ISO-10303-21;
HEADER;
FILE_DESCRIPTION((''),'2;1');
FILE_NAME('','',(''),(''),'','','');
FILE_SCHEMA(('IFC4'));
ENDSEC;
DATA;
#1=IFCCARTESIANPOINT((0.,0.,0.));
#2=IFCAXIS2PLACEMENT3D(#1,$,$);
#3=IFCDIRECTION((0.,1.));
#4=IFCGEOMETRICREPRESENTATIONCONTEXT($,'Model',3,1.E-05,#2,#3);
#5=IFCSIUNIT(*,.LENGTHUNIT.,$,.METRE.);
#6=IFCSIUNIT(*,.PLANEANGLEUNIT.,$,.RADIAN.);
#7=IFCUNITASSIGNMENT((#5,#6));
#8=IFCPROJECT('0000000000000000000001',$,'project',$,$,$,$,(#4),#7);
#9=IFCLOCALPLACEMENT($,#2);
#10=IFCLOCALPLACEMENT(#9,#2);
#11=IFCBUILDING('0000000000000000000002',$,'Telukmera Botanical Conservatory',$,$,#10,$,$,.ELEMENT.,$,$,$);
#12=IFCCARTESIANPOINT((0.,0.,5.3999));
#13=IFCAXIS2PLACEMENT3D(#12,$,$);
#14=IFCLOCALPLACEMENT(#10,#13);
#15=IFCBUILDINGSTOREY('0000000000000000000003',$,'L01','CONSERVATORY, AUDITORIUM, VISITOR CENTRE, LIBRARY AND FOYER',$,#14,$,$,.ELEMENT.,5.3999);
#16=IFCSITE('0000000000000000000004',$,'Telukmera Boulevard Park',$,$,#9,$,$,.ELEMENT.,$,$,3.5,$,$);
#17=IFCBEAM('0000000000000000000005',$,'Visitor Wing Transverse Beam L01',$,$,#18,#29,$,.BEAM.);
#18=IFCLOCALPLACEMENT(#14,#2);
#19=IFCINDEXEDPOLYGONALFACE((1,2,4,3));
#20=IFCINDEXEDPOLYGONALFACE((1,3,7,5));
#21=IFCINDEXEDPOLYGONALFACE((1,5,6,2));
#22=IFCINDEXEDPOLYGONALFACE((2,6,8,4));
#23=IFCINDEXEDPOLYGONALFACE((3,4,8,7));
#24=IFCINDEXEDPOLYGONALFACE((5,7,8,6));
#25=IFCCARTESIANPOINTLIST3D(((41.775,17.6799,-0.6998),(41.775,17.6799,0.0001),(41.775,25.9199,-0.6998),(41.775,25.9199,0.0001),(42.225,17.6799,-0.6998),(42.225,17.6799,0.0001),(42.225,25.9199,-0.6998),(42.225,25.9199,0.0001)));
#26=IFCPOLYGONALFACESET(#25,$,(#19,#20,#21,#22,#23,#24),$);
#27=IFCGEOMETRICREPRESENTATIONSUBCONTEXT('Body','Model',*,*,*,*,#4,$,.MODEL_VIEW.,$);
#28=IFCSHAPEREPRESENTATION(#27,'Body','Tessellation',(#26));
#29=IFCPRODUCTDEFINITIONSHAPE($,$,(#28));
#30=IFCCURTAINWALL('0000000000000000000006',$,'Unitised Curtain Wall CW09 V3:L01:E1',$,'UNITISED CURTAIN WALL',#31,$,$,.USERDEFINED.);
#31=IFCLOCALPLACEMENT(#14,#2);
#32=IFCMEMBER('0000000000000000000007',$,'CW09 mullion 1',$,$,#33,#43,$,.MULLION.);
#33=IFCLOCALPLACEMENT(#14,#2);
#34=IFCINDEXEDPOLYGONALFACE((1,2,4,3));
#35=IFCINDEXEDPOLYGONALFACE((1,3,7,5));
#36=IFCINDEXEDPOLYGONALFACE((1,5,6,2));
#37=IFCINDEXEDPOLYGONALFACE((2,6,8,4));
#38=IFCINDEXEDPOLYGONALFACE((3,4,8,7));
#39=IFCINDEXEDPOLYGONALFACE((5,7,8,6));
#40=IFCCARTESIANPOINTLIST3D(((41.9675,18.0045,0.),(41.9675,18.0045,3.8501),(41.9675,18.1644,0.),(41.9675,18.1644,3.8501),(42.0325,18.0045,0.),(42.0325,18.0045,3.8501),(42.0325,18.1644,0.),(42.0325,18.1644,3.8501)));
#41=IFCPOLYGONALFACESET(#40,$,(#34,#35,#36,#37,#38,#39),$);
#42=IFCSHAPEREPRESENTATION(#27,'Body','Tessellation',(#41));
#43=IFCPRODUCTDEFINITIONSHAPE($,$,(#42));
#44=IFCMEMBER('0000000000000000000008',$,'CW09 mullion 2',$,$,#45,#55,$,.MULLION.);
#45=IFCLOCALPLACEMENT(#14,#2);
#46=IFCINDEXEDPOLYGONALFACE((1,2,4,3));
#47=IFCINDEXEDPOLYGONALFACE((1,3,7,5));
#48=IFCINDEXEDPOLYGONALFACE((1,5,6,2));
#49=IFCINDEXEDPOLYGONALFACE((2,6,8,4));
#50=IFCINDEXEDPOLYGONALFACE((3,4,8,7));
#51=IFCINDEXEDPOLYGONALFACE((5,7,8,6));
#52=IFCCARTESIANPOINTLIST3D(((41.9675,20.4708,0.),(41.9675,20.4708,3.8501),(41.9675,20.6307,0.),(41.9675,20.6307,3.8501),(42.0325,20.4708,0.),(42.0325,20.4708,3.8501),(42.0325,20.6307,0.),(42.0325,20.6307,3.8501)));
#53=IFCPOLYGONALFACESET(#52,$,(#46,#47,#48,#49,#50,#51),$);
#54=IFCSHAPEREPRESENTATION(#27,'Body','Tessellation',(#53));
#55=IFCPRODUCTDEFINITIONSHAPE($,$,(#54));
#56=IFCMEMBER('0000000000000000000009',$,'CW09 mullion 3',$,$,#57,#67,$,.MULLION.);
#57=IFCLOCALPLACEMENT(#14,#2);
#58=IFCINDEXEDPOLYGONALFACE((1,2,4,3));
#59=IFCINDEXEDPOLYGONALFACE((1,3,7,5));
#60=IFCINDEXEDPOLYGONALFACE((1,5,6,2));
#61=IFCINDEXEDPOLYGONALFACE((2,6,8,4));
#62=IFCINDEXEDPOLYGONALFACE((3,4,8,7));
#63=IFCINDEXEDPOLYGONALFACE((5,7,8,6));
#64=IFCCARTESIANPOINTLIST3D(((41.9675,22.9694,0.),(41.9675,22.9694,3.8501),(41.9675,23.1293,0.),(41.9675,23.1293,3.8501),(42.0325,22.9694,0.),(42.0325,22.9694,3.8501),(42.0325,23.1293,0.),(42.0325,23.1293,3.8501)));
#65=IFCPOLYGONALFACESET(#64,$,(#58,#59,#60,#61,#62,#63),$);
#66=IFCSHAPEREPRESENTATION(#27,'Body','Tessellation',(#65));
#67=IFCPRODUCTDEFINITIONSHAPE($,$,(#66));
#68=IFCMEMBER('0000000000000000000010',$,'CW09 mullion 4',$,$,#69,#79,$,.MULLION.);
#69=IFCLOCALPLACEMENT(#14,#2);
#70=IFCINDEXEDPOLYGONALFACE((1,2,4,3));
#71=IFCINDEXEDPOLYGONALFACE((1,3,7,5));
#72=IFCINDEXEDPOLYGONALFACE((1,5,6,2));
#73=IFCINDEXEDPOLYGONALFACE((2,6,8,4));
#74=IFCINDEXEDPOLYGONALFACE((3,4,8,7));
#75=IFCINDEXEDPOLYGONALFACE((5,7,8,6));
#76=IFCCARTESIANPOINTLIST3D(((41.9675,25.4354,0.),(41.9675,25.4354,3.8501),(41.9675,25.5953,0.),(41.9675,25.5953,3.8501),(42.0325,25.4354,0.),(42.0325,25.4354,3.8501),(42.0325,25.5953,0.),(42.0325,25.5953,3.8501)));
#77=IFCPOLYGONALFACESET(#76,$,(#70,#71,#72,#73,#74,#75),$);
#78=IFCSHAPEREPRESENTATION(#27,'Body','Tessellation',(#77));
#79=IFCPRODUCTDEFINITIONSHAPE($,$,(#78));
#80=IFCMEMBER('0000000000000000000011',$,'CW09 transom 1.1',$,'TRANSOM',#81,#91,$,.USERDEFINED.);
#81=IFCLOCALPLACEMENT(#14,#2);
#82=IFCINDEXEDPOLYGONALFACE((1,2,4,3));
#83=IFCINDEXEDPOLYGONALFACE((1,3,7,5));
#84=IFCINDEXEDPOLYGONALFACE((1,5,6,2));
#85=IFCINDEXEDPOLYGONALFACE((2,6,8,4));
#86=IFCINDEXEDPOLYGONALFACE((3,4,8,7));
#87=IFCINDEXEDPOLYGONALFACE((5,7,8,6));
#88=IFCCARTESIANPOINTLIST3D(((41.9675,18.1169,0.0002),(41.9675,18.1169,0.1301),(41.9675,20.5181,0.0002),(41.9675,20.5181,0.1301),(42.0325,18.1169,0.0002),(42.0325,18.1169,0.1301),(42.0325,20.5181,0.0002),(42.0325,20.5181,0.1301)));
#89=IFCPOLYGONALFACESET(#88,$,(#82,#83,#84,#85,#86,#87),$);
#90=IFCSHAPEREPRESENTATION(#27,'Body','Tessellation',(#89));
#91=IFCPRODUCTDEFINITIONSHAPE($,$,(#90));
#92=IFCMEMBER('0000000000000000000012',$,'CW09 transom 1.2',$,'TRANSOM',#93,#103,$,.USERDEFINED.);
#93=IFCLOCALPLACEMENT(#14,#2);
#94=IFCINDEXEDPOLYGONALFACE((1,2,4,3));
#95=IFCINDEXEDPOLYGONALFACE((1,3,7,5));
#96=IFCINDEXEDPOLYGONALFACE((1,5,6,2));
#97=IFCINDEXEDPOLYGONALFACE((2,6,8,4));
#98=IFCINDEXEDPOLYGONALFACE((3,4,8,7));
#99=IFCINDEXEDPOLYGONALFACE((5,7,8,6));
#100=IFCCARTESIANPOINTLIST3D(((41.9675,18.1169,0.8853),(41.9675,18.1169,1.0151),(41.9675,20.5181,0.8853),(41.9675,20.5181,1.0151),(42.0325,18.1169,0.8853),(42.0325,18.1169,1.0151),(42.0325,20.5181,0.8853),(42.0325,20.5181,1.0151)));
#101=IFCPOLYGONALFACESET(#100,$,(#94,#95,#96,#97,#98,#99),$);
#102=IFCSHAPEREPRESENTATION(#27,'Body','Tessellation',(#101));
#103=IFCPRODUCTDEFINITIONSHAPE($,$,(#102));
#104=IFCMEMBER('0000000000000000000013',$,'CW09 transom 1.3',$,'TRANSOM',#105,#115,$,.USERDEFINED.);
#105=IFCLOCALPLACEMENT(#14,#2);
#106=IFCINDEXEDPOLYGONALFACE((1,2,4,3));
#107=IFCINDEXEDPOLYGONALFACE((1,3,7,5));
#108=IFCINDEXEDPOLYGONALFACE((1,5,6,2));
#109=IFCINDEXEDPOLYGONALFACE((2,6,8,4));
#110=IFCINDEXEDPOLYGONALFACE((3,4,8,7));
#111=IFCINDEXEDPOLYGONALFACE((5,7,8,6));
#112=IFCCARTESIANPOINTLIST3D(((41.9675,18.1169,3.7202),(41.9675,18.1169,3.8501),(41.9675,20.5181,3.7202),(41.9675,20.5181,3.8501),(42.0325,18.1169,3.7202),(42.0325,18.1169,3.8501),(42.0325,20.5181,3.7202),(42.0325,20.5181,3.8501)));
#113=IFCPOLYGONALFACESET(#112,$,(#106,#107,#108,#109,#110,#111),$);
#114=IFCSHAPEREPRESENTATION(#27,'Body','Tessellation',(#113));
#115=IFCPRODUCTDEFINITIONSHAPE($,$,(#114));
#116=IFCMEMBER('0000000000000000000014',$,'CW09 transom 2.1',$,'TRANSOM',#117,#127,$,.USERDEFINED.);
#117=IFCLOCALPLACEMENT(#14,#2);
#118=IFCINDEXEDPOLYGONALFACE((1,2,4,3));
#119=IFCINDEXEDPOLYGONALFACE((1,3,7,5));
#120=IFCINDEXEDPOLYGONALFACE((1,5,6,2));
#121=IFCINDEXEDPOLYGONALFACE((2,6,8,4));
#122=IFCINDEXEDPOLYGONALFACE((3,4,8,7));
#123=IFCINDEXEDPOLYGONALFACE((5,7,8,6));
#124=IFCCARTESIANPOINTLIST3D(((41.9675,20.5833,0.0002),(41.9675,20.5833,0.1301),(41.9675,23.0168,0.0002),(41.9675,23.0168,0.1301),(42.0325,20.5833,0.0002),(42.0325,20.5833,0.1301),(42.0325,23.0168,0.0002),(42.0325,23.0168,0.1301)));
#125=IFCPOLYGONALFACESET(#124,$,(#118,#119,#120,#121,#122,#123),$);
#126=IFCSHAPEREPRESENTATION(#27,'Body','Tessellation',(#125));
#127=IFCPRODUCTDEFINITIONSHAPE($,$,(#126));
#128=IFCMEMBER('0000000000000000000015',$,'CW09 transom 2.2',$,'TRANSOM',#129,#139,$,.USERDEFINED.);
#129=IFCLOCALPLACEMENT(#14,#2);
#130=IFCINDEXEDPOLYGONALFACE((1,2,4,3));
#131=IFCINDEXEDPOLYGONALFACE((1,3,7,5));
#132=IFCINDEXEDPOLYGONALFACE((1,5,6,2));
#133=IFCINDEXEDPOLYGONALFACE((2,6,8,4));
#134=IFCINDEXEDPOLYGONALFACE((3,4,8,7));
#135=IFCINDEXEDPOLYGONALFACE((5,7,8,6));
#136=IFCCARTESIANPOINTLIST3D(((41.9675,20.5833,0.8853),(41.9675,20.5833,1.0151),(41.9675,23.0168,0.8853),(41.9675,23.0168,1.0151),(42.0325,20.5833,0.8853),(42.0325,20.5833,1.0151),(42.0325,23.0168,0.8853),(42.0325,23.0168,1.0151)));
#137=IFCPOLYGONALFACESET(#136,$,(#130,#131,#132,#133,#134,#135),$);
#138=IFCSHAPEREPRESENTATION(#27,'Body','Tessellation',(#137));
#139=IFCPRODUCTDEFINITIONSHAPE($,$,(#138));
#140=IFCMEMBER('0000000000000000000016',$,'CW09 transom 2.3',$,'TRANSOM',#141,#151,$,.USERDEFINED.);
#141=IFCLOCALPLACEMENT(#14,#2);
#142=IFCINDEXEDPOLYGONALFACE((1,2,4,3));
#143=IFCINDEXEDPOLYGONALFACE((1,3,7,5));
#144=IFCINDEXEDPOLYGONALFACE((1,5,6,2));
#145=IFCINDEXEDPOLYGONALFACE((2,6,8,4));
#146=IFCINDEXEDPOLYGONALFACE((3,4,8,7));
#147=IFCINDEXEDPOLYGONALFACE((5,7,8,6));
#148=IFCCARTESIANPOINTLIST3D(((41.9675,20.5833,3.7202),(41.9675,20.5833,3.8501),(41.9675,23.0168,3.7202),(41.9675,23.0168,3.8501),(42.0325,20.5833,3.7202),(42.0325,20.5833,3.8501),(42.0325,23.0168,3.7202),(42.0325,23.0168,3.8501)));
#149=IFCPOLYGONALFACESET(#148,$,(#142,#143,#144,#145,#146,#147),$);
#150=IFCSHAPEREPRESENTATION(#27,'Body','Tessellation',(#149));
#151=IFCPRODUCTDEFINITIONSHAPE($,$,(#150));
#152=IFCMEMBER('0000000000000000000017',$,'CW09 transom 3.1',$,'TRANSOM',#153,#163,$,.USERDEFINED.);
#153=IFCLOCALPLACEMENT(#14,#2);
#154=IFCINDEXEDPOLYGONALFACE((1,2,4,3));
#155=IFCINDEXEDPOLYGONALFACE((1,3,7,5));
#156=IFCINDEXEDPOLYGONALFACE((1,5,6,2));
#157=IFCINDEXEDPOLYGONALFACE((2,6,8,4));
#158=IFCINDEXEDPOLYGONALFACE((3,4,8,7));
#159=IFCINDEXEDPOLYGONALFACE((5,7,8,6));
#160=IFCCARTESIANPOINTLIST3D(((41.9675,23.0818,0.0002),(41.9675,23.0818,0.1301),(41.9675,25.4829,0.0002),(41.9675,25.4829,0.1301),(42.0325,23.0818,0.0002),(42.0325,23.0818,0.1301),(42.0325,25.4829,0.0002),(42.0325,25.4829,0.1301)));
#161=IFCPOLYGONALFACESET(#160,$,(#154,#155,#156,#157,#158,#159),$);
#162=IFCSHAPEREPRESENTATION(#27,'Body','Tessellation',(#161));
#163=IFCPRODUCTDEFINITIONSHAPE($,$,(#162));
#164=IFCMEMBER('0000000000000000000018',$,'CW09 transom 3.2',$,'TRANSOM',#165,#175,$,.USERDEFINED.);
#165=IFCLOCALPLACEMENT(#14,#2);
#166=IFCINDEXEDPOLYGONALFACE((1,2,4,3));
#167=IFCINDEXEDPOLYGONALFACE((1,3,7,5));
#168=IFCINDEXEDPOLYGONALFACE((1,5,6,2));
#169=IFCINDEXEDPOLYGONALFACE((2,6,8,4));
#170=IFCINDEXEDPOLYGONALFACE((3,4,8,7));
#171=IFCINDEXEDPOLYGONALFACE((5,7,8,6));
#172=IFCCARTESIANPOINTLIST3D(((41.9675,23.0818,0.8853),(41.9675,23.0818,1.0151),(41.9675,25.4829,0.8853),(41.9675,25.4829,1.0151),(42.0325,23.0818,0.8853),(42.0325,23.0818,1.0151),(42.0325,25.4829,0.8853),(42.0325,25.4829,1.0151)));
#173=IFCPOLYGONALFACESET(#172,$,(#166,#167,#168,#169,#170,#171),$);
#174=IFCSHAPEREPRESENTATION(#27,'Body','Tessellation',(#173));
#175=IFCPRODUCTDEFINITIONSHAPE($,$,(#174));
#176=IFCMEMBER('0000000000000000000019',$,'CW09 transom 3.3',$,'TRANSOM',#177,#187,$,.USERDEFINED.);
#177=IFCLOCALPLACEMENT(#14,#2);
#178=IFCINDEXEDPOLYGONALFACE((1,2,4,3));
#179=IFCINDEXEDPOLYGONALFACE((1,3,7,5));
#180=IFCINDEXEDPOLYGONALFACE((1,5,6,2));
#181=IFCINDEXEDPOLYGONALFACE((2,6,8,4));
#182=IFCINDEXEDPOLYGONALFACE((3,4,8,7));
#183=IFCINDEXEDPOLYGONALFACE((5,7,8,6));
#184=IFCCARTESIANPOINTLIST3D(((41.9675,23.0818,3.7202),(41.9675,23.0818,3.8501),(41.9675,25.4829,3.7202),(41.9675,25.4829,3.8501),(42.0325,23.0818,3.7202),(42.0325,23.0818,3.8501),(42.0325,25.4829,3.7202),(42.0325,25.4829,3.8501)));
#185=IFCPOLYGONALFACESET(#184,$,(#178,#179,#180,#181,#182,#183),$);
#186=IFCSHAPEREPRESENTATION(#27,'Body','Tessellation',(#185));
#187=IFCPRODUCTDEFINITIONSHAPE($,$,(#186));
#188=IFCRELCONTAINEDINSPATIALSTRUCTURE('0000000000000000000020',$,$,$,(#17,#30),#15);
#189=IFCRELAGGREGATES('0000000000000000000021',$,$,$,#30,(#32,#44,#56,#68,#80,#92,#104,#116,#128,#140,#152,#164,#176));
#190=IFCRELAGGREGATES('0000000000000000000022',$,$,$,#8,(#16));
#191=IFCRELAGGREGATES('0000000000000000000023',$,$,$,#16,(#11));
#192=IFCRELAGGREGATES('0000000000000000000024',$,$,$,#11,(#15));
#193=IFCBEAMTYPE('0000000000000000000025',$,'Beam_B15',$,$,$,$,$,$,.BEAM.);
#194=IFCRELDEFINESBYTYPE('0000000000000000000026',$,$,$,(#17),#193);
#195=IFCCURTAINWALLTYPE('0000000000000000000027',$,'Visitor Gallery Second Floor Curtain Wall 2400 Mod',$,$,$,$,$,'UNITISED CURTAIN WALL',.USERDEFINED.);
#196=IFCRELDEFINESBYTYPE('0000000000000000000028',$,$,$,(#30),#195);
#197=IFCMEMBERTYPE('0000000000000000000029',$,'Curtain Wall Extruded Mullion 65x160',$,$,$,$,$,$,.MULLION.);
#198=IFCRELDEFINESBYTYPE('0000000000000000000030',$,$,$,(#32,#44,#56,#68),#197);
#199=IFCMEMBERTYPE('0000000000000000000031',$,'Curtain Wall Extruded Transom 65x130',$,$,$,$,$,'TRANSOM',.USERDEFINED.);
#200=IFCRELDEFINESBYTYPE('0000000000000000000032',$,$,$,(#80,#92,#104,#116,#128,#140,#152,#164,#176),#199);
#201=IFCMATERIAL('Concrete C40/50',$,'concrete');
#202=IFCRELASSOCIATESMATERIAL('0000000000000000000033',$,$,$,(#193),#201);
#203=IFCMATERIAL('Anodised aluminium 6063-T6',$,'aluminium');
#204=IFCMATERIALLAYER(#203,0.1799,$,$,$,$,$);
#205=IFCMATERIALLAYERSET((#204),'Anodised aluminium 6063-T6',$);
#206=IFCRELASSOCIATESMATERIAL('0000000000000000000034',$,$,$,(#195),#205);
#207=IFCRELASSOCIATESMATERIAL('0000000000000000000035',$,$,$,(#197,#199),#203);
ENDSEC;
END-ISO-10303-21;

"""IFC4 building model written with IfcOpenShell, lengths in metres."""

from ifc_helpers import new_model, si_unit, direction, frame, origin, origin_2d, place, context, subcontext, project, spatial, rectangle, extrude, material, layer, layer_set, material_profile, profile_set, type_object, element, aggregate, save


model = new_model("IFC4")

# Units and contexts
model_context = context("Model", 3, precision=1e-05, world=origin(), true_north=direction((0.0, 1.0)))
body_context = subcontext(model_context, "Body", "Model", "MODEL_VIEW")
ifc_project = project(units=[si_unit("LENGTHUNIT", "METRE"), si_unit("PLANEANGLEUNIT", "RADIAN")], contexts=[model_context])

# Site, building, storey
site_placement = place(None, origin())
site = spatial("IfcSite", under=ifc_project, at=site_placement, Name="Telukmera Boulevard Park", CompositionType="ELEMENT", RefElevation=3.5)
building_placement = place(site_placement, origin())
building = spatial("IfcBuilding", under=site, at=building_placement, Name="Telukmera Botanical Conservatory", CompositionType="ELEMENT")
storey_placement = place(building_placement, frame((0.0, 0.0, 5.3999)))
storey = spatial("IfcBuildingStorey", under=building, at=storey_placement, Name="L01", Description="CONSERVATORY, AUDITORIUM, VISITOR CENTRE, LIBRARY AND FOYER", CompositionType="ELEMENT", Elevation=5.3999)

# Beam
ifc_material_1 = material(Name="Concrete C40/50", Category="concrete")
ifc_material_profile_1 = material_profile(ifc_material_1, rectangle(XDim=0.45, YDim=0.7, at=origin_2d()), Name="RC 450x700")
ifc_profile_set_1 = profile_set([ifc_material_profile_1], Name="Concrete C40/50")
beam_type = type_object("IfcBeamType", Name="Beam_B15", PredefinedType="BEAM", material=ifc_profile_set_1)
beam_placement = place(storey_placement, frame((42.0, 17.6799, -0.3499), z_axis=(0.0, 1.0, 0.0), x_axis=(-1.0, 0.0, 0.0)))
element("IfcBeam", 1, at=beam_placement, inside=storey, type_object=beam_type, Name="Visitor Wing Transverse Beam L01", PredefinedType="BEAM", context=body_context, shape_type="SweptSolid", body=[
    extrude(rectangle(XDim=0.45, YDim=0.7, at=origin_2d()), origin(), (0.0, 0.0, 1.0), 8.24),
])

# Curtain wall, members
ifc_material_2 = material(Name="Anodised aluminium 6063-T6", Category="aluminium")
ifc_layer_1 = layer(ifc_material_2, 0.1799)
ifc_layer_set_1 = layer_set([ifc_layer_1], Name="Anodised aluminium 6063-T6")
curtain_wall_type = type_object("IfcCurtainWallType", Name="Visitor Gallery Second Floor Curtain Wall 2400 Mod", ElementType="UNITISED CURTAIN WALL", PredefinedType="USERDEFINED", material=ifc_layer_set_1)
curtain_wall_placement = place(storey_placement, origin())
curtain_wall = element("IfcCurtainWall", 2, at=curtain_wall_placement, inside=storey, type_object=curtain_wall_type, Name="Unitised Curtain Wall CW09 V3:L01:E1", ObjectType="UNITISED CURTAIN WALL", PredefinedType="USERDEFINED")
ifc_material_profile_2 = material_profile(ifc_material_2, rectangle(XDim=0.0649, YDim=0.1599, at=origin_2d()), Name="ALU MULL 65x160")
ifc_profile_set_2 = profile_set([ifc_material_profile_2], Name="Anodised aluminium 6063-T6")
member_type_1 = type_object("IfcMemberType", Name="Curtain Wall Extruded Mullion 65x160", PredefinedType="MULLION", material=ifc_profile_set_2)
member_1_placement = place(storey_placement, frame((42.0, 18.0845, 0.0), z_axis=(0.0, 0.0, 1.0), x_axis=(-1.0, 0.0, 0.0)))
member_1 = element("IfcMember", 3, at=member_1_placement, type_object=member_type_1, Name="CW09 mullion 1", PredefinedType="MULLION", context=body_context, shape_type="SweptSolid", body=[
    extrude(rectangle(XDim=0.0649, YDim=0.1599, at=origin_2d()), origin(), (0.0, 0.0, 1.0), 3.8501),
])
member_2_placement = place(storey_placement, frame((42.0, 20.5508, 0.0), z_axis=(0.0, 0.0, 1.0), x_axis=(-1.0, 0.0, 0.0)))
member_2 = element("IfcMember", 4, at=member_2_placement, type_object=member_type_1, Name="CW09 mullion 2", PredefinedType="MULLION", context=body_context, shape_type="SweptSolid", body=[
    extrude(rectangle(XDim=0.0649, YDim=0.1599, at=origin_2d()), origin(), (0.0, 0.0, 1.0), 3.8501),
])
member_3_placement = place(storey_placement, frame((42.0, 23.0493, 0.0), z_axis=(0.0, 0.0, 1.0), x_axis=(-1.0, 0.0, 0.0)))
member_3 = element("IfcMember", 5, at=member_3_placement, type_object=member_type_1, Name="CW09 mullion 3", PredefinedType="MULLION", context=body_context, shape_type="SweptSolid", body=[
    extrude(rectangle(XDim=0.0649, YDim=0.1599, at=origin_2d()), origin(), (0.0, 0.0, 1.0), 3.8501),
])
member_4_placement = place(storey_placement, frame((42.0, 25.5154, 0.0), z_axis=(0.0, 0.0, 1.0), x_axis=(-1.0, 0.0, 0.0)))
member_4 = element("IfcMember", 6, at=member_4_placement, type_object=member_type_1, Name="CW09 mullion 4", PredefinedType="MULLION", context=body_context, shape_type="SweptSolid", body=[
    extrude(rectangle(XDim=0.0649, YDim=0.1599, at=origin_2d()), origin(), (0.0, 0.0, 1.0), 3.8501),
])
ifc_material_profile_3 = material_profile(ifc_material_2, rectangle(XDim=0.0649, YDim=0.1299, at=origin_2d()), Name="ALU TRAN 65x130")
ifc_profile_set_3 = profile_set([ifc_material_profile_3], Name="Anodised aluminium 6063-T6")
member_type_2 = type_object("IfcMemberType", Name="Curtain Wall Extruded Transom 65x130", ElementType="TRANSOM", PredefinedType="USERDEFINED", material=ifc_profile_set_3)
member_5_placement = place(storey_placement, frame((42.0, 18.1169, 0.0652), z_axis=(0.0, 1.0, 0.0), x_axis=(-1.0, 0.0, 0.0)))
member_5 = element("IfcMember", 7, at=member_5_placement, type_object=member_type_2, Name="CW09 transom 1.1", ObjectType="TRANSOM", PredefinedType="USERDEFINED", context=body_context, shape_type="SweptSolid", body=[
    extrude(rectangle(XDim=0.0649, YDim=0.1299, at=origin_2d()), origin(), (0.0, 0.0, 1.0), 2.4011),
])
member_6_placement = place(storey_placement, frame((42.0, 18.1169, 0.9502), z_axis=(0.0, 1.0, 0.0), x_axis=(-1.0, 0.0, 0.0)))
member_6 = element("IfcMember", 8, at=member_6_placement, type_object=member_type_2, Name="CW09 transom 1.2", ObjectType="TRANSOM", PredefinedType="USERDEFINED", context=body_context, shape_type="SweptSolid", body=[
    extrude(rectangle(XDim=0.0649, YDim=0.1299, at=origin_2d()), origin(), (0.0, 0.0, 1.0), 2.4011),
])
member_7_placement = place(storey_placement, frame((42.0, 18.1169, 3.7852), z_axis=(0.0, 1.0, 0.0), x_axis=(-1.0, 0.0, 0.0)))
member_7 = element("IfcMember", 9, at=member_7_placement, type_object=member_type_2, Name="CW09 transom 1.3", ObjectType="TRANSOM", PredefinedType="USERDEFINED", context=body_context, shape_type="SweptSolid", body=[
    extrude(rectangle(XDim=0.0649, YDim=0.1299, at=origin_2d()), origin(), (0.0, 0.0, 1.0), 2.4011),
])
member_8_placement = place(storey_placement, frame((42.0, 20.5833, 0.0652), z_axis=(0.0, 1.0, 0.0), x_axis=(-1.0, 0.0, 0.0)))
member_8 = element("IfcMember", 10, at=member_8_placement, type_object=member_type_2, Name="CW09 transom 2.1", ObjectType="TRANSOM", PredefinedType="USERDEFINED", context=body_context, shape_type="SweptSolid", body=[
    extrude(rectangle(XDim=0.0649, YDim=0.1299, at=origin_2d()), origin(), (0.0, 0.0, 1.0), 2.4336),
])
member_9_placement = place(storey_placement, frame((42.0, 20.5833, 0.9502), z_axis=(0.0, 1.0, 0.0), x_axis=(-1.0, 0.0, 0.0)))
member_9 = element("IfcMember", 11, at=member_9_placement, type_object=member_type_2, Name="CW09 transom 2.2", ObjectType="TRANSOM", PredefinedType="USERDEFINED", context=body_context, shape_type="SweptSolid", body=[
    extrude(rectangle(XDim=0.0649, YDim=0.1299, at=origin_2d()), origin(), (0.0, 0.0, 1.0), 2.4336),
])
member_10_placement = place(storey_placement, frame((42.0, 20.5833, 3.7852), z_axis=(0.0, 1.0, 0.0), x_axis=(-1.0, 0.0, 0.0)))
member_10 = element("IfcMember", 12, at=member_10_placement, type_object=member_type_2, Name="CW09 transom 2.3", ObjectType="TRANSOM", PredefinedType="USERDEFINED", context=body_context, shape_type="SweptSolid", body=[
    extrude(rectangle(XDim=0.0649, YDim=0.1299, at=origin_2d()), origin(), (0.0, 0.0, 1.0), 2.4336),
])
member_11_placement = place(storey_placement, frame((42.0, 23.0818, 0.0652), z_axis=(0.0, 1.0, 0.0), x_axis=(-1.0, 0.0, 0.0)))
member_11 = element("IfcMember", 13, at=member_11_placement, type_object=member_type_2, Name="CW09 transom 3.1", ObjectType="TRANSOM", PredefinedType="USERDEFINED", context=body_context, shape_type="SweptSolid", body=[
    extrude(rectangle(XDim=0.0649, YDim=0.1299, at=origin_2d()), origin(), (0.0, 0.0, 1.0), 2.4011),
])
member_12_placement = place(storey_placement, frame((42.0, 23.0818, 0.9502), z_axis=(0.0, 1.0, 0.0), x_axis=(-1.0, 0.0, 0.0)))
member_12 = element("IfcMember", 14, at=member_12_placement, type_object=member_type_2, Name="CW09 transom 3.2", ObjectType="TRANSOM", PredefinedType="USERDEFINED", context=body_context, shape_type="SweptSolid", body=[
    extrude(rectangle(XDim=0.0649, YDim=0.1299, at=origin_2d()), origin(), (0.0, 0.0, 1.0), 2.4011),
])
member_13_placement = place(storey_placement, frame((42.0, 23.0818, 3.7852), z_axis=(0.0, 1.0, 0.0), x_axis=(-1.0, 0.0, 0.0)))
member_13 = element("IfcMember", 15, at=member_13_placement, type_object=member_type_2, Name="CW09 transom 3.3", ObjectType="TRANSOM", PredefinedType="USERDEFINED", context=body_context, shape_type="SweptSolid", body=[
    extrude(rectangle(XDim=0.0649, YDim=0.1299, at=origin_2d()), origin(), (0.0, 0.0, 1.0), 2.4011),
])
aggregate(curtain_wall, [member_1, member_2, member_3, member_4, member_5, member_6, member_7, member_8, member_9, member_10, member_11, member_12, member_13])

save(model, "model.ifc")
